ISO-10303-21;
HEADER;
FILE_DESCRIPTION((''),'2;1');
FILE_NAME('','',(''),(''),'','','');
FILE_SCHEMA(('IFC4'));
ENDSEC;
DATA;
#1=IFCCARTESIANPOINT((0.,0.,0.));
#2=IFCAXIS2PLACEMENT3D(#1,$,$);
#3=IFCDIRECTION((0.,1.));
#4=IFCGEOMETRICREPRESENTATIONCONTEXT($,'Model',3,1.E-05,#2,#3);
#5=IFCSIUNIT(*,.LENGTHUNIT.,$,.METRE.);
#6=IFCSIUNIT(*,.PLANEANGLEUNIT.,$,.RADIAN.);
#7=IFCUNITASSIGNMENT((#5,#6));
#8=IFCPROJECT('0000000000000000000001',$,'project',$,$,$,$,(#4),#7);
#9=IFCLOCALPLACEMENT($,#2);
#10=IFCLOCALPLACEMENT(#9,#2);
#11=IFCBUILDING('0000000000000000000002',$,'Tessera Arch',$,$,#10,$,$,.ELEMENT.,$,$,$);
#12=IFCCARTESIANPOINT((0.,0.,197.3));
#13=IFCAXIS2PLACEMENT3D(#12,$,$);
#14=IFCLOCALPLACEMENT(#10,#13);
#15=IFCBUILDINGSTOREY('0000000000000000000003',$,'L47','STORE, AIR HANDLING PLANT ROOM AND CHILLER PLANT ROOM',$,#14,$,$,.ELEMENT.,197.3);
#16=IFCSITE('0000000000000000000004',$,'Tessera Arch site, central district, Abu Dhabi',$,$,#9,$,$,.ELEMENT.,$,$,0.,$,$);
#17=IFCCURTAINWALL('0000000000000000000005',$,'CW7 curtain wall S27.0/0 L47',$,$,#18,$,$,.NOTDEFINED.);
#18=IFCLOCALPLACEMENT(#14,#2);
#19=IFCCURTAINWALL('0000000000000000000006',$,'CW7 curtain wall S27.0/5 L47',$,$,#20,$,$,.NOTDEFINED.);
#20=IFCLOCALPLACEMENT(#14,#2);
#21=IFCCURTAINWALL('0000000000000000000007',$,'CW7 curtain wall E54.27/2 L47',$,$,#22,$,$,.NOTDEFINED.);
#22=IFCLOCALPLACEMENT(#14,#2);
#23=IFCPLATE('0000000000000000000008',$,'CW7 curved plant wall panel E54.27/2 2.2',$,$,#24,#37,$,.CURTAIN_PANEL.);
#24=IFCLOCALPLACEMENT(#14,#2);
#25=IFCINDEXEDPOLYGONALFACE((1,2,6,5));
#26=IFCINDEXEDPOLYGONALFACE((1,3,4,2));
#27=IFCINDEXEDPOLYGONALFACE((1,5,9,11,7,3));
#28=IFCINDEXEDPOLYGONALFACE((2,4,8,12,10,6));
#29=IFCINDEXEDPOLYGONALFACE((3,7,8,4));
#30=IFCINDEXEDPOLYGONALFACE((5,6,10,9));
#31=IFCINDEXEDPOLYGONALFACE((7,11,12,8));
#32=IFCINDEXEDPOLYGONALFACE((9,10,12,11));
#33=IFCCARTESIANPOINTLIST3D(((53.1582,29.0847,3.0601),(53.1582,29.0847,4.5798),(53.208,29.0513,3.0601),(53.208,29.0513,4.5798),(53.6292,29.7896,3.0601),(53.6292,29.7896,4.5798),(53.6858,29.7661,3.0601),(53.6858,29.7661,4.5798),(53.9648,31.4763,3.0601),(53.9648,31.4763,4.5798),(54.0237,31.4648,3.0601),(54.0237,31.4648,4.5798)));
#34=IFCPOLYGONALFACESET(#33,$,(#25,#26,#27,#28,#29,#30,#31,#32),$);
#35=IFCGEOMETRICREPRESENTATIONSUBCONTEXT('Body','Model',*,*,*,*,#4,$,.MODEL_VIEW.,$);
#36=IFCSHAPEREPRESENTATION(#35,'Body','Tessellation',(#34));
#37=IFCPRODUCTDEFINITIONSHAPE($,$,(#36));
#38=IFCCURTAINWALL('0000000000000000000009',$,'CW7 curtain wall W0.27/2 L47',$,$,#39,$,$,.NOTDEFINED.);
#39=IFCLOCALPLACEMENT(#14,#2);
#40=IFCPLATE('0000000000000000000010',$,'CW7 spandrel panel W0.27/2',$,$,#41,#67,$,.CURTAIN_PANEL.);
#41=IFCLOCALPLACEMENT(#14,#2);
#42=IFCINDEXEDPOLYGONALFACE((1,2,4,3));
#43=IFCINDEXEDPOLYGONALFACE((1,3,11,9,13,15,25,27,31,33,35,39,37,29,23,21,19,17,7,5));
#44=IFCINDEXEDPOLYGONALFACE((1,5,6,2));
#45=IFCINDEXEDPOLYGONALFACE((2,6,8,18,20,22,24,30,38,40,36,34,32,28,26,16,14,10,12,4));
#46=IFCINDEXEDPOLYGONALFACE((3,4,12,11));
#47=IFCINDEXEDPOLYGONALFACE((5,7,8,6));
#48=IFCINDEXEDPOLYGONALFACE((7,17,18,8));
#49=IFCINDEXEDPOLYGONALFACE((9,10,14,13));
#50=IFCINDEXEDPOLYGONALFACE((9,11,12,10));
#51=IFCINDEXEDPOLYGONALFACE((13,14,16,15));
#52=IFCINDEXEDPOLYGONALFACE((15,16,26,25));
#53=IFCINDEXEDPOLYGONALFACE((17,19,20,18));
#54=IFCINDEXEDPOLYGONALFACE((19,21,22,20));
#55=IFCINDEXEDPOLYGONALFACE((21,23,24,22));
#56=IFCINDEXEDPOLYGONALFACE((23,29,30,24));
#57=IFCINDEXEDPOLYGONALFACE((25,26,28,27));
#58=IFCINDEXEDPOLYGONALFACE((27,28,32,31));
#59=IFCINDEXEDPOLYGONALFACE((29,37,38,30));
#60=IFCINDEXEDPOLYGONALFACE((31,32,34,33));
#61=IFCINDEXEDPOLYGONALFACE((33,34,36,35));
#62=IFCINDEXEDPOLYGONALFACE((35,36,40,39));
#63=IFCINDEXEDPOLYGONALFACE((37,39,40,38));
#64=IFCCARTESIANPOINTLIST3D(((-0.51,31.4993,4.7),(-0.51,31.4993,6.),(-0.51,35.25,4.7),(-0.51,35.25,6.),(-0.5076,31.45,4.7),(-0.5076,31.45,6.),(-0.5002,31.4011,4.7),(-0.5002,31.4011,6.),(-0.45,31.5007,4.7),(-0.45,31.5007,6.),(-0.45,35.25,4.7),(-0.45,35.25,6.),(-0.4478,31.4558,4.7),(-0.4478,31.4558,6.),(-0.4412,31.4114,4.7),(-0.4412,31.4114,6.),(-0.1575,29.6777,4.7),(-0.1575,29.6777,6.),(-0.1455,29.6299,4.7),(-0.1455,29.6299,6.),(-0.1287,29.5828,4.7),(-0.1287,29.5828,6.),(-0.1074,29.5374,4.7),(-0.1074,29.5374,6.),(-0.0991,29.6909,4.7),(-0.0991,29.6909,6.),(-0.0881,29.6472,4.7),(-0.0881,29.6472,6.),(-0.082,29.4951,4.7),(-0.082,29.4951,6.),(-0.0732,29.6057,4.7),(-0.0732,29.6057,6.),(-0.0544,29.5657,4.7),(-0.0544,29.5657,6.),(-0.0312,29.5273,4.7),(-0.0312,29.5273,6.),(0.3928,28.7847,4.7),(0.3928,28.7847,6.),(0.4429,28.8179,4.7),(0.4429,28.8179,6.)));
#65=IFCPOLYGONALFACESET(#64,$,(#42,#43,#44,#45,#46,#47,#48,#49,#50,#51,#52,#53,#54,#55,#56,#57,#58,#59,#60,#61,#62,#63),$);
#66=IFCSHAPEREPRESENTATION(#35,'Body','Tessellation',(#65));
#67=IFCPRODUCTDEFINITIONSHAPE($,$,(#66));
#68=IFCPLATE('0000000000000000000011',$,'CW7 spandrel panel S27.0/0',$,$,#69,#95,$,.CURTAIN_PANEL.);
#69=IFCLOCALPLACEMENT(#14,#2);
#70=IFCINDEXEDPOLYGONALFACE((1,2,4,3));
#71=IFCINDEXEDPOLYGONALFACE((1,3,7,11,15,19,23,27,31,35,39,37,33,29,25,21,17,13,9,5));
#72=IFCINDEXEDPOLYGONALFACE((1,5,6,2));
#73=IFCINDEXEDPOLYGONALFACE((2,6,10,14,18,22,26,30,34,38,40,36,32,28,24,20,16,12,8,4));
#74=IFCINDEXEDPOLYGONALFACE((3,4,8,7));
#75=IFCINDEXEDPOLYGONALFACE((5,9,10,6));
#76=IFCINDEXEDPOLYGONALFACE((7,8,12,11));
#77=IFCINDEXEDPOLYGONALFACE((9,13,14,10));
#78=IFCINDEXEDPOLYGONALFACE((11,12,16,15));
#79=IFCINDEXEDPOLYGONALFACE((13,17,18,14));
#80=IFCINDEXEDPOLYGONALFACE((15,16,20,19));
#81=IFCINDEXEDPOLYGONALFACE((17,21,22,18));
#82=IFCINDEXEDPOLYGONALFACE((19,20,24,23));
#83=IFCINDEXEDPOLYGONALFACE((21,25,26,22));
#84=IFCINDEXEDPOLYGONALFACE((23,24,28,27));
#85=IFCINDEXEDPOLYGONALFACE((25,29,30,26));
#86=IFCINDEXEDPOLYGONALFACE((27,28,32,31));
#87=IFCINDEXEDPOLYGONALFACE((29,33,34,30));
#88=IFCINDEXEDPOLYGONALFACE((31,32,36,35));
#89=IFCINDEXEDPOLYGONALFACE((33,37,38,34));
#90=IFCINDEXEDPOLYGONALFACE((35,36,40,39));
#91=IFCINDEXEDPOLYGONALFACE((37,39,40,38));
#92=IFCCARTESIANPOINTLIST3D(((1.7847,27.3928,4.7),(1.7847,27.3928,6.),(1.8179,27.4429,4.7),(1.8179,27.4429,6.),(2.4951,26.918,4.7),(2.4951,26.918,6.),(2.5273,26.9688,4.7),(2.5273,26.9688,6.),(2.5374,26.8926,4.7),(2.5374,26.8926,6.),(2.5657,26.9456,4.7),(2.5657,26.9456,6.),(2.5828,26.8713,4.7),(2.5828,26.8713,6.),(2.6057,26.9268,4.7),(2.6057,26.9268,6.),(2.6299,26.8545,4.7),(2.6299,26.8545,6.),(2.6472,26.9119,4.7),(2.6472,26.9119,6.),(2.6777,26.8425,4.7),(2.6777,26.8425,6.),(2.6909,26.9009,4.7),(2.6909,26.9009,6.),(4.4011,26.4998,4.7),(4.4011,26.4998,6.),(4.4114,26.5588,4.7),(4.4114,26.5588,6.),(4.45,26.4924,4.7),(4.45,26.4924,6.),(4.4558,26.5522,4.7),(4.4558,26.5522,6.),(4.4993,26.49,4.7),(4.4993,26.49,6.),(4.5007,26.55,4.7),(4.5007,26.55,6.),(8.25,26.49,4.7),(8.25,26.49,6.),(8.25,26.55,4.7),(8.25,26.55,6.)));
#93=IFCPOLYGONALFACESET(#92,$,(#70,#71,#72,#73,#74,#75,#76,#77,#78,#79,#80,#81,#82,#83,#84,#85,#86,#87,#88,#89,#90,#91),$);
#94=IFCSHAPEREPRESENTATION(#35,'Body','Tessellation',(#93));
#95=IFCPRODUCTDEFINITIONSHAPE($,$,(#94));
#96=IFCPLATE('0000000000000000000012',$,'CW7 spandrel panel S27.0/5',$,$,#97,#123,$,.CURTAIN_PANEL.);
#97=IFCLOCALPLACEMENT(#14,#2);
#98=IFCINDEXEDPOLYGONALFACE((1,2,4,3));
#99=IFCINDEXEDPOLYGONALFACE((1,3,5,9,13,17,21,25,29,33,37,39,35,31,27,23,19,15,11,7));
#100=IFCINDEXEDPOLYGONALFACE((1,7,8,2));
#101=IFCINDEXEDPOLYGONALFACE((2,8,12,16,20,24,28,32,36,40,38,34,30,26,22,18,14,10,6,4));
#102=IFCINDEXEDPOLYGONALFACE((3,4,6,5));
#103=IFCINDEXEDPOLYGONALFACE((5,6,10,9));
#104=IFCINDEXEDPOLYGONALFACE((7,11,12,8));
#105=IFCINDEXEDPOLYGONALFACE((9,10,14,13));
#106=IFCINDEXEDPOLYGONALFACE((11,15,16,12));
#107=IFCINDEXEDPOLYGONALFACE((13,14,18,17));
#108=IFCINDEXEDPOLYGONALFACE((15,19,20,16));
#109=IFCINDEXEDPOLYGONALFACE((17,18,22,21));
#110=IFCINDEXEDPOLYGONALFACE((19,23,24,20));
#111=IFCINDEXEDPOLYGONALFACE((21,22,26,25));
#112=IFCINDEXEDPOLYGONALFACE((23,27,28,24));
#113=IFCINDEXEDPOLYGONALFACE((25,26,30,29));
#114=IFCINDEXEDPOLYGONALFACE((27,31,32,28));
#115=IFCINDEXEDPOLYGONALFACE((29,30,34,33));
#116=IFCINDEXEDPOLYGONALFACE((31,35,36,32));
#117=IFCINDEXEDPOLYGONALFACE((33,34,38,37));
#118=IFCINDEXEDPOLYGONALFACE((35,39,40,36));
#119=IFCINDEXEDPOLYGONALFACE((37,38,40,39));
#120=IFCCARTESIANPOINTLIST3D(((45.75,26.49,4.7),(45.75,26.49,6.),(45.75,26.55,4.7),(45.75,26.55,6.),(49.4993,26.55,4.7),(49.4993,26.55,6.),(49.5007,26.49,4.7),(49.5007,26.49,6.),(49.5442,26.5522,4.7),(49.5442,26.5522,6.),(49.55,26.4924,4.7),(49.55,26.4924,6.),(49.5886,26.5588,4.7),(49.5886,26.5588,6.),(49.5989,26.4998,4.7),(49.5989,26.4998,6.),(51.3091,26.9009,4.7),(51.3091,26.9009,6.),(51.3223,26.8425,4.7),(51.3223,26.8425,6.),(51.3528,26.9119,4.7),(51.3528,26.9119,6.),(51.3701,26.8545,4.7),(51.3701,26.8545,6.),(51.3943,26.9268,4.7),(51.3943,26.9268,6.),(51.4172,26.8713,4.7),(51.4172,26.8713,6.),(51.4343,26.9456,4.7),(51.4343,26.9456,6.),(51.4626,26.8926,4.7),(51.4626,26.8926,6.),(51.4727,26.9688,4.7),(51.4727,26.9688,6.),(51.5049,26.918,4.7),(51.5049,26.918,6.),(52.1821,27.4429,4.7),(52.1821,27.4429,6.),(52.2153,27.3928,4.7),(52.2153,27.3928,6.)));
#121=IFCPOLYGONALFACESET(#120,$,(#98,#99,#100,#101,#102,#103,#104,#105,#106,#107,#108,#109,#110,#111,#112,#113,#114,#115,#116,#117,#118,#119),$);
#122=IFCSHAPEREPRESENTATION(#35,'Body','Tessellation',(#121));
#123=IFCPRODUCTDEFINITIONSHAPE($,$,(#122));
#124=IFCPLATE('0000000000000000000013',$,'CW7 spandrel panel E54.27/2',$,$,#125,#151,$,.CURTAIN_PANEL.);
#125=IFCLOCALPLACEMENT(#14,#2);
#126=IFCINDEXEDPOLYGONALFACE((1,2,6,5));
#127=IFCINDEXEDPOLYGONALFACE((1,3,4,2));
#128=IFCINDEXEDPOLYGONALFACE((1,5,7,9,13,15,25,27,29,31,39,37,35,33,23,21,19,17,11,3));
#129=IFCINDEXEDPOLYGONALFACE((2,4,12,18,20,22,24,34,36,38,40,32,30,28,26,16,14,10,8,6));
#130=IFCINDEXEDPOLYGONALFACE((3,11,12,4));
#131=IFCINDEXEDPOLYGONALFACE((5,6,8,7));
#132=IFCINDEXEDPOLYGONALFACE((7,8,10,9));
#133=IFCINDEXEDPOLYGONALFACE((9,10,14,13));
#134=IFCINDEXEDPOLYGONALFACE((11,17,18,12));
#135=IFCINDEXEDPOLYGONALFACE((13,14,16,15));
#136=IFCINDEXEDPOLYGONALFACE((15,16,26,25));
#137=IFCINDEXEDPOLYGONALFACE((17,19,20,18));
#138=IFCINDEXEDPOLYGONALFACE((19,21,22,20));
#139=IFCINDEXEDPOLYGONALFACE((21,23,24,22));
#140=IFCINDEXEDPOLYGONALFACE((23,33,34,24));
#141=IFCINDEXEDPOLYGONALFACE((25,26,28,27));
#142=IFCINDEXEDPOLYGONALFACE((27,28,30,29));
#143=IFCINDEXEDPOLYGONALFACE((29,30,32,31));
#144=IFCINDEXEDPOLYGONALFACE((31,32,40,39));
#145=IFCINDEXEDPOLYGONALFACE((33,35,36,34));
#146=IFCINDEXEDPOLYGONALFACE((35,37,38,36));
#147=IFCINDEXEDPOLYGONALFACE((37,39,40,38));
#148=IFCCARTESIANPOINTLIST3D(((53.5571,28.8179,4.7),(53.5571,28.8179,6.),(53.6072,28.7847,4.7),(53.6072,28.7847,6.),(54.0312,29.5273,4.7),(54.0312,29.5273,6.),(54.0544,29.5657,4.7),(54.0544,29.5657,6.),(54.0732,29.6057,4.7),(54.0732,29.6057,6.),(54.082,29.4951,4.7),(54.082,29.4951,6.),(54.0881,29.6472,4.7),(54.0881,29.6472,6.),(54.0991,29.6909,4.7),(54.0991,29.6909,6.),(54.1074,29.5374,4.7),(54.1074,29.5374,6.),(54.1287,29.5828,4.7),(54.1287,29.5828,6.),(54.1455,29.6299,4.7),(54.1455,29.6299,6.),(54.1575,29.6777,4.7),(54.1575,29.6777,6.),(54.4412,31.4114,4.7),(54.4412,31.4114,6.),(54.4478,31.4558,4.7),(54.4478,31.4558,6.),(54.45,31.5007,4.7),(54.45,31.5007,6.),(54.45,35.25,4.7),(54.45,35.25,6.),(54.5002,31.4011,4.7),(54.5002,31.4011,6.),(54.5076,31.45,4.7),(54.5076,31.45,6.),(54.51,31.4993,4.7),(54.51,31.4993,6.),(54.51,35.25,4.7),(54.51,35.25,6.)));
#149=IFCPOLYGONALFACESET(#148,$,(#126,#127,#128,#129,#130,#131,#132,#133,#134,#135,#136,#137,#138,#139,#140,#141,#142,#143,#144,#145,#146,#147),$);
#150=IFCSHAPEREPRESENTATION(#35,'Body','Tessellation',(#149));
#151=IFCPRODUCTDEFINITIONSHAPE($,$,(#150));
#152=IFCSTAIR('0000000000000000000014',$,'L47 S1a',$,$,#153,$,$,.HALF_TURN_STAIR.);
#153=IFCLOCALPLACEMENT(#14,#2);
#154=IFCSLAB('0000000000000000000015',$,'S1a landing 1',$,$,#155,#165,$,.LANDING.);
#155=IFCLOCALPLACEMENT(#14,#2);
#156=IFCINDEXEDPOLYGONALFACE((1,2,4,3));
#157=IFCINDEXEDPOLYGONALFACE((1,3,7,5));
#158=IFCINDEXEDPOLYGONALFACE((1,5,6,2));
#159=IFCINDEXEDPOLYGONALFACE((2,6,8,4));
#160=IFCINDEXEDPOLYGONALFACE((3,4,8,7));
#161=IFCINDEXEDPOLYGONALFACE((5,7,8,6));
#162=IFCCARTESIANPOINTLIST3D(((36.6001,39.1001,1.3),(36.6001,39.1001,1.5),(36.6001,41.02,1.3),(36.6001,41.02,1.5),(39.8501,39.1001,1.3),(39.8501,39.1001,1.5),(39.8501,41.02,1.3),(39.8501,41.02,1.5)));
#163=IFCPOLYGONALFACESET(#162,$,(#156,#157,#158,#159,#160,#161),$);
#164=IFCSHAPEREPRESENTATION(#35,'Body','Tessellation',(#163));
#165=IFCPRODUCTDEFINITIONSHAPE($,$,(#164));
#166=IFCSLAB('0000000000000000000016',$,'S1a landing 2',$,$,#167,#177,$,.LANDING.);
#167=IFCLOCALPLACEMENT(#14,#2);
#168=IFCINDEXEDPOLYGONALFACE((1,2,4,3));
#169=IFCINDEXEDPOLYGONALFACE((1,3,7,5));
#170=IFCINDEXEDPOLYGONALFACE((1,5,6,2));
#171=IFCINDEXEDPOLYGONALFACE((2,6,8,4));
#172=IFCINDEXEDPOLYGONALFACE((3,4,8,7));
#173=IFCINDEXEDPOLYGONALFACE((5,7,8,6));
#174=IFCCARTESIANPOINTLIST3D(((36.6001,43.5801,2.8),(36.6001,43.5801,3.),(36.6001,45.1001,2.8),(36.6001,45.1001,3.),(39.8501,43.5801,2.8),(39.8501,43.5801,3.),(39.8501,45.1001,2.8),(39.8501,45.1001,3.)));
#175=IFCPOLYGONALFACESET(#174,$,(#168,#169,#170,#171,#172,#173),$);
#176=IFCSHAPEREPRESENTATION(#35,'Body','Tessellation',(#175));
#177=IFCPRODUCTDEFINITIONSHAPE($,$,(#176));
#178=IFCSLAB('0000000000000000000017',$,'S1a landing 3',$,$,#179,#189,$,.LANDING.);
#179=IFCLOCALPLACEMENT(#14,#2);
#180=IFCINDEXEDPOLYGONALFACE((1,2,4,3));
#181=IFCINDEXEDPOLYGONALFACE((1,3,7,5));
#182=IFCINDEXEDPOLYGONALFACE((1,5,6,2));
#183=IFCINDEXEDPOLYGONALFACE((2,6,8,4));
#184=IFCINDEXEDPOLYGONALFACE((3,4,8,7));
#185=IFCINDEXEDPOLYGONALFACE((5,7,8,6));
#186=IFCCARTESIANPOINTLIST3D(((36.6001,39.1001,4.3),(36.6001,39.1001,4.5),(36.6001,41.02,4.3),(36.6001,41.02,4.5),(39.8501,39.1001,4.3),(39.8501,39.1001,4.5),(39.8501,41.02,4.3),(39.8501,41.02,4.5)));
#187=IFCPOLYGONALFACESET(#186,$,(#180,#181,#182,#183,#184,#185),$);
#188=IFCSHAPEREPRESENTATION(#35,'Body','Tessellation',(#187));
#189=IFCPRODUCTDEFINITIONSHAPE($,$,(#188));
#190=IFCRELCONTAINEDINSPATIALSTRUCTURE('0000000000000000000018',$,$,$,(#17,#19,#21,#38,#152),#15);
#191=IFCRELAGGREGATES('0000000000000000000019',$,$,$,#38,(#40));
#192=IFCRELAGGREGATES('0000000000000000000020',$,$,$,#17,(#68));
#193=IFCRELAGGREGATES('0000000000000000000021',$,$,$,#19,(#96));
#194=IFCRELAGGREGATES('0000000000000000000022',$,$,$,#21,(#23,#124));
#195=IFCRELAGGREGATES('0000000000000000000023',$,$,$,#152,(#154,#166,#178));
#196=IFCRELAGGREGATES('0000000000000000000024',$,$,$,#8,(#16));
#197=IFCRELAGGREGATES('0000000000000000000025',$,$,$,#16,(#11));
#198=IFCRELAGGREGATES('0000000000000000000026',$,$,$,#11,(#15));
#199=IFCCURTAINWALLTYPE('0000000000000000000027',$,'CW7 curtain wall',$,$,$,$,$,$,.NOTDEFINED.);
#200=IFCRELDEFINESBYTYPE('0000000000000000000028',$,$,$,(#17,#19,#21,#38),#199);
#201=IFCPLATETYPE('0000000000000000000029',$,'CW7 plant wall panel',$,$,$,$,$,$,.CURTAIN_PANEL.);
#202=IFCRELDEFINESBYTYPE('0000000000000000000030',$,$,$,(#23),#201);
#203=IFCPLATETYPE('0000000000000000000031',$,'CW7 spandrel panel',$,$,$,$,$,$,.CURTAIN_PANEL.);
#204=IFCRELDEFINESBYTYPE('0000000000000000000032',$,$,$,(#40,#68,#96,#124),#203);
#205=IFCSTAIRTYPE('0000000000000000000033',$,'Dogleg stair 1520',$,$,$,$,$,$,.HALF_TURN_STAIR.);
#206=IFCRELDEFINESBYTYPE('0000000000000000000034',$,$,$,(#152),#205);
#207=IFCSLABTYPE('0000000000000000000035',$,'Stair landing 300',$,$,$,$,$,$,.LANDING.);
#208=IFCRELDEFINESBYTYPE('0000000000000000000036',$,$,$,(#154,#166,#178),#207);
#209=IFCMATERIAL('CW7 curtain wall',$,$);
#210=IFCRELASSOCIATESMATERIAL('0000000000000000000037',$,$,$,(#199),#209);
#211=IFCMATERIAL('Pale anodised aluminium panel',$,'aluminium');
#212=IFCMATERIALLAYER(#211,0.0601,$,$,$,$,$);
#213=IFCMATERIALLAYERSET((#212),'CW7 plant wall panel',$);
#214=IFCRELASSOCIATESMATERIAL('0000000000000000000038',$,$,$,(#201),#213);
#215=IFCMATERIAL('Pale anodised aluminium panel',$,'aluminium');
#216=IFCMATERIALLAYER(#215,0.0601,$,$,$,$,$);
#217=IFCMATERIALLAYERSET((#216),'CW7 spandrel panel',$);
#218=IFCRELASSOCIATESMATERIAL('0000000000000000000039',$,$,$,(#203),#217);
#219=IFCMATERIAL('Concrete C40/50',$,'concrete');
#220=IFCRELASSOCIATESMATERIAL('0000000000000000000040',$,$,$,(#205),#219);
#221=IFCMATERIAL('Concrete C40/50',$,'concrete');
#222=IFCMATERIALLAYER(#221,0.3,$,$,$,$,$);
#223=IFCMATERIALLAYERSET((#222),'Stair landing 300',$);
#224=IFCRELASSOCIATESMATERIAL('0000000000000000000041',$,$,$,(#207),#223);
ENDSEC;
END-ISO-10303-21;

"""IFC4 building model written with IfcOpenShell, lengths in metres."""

from ifc_helpers import new_model, si_unit, direction, frame, origin, place, context, subcontext, project, spatial, polyline, outline, extrude, material, layer, layer_set, type_object, element, aggregate, save


model = new_model("IFC4")

# Units and contexts
model_context = context("Model", 3, precision=1e-05, world=origin(), true_north=direction((0.0, 1.0)))
body_context = subcontext(model_context, "Body", "Model", "MODEL_VIEW")
ifc_project = project(units=[si_unit("LENGTHUNIT", "METRE"), si_unit("PLANEANGLEUNIT", "RADIAN")], contexts=[model_context])

# Site, building, storey
site_placement = place(None, origin())
site = spatial("IfcSite", under=ifc_project, at=site_placement, Name="Tessera Arch site, central district, Abu Dhabi", CompositionType="ELEMENT", RefElevation=0.0)
building_placement = place(site_placement, origin())
building = spatial("IfcBuilding", under=site, at=building_placement, Name="Tessera Arch", CompositionType="ELEMENT")
storey_placement = place(building_placement, frame((0.0, 0.0, 197.3)))
storey = spatial("IfcBuildingStorey", under=building, at=storey_placement, Name="L47", Description="STORE, AIR HANDLING PLANT ROOM AND CHILLER PLANT ROOM", CompositionType="ELEMENT", Elevation=197.3)

# Curtain walls
ifc_material_1 = material(Name="CW7 curtain wall")
curtain_wall_type = type_object("IfcCurtainWallType", Name="CW7 curtain wall", PredefinedType="NOTDEFINED", material=ifc_material_1)
curtain_wall_1_placement = place(storey_placement, origin())
curtain_wall_1 = element("IfcCurtainWall", 1, at=curtain_wall_1_placement, inside=storey, type_object=curtain_wall_type, Name="CW7 curtain wall S27.0/0 L47", PredefinedType="NOTDEFINED")
curtain_wall_2_placement = place(storey_placement, origin())
curtain_wall_2 = element("IfcCurtainWall", 2, at=curtain_wall_2_placement, inside=storey, type_object=curtain_wall_type, Name="CW7 curtain wall S27.0/5 L47", PredefinedType="NOTDEFINED")
curtain_wall_3_placement = place(storey_placement, origin())
curtain_wall_3 = element("IfcCurtainWall", 3, at=curtain_wall_3_placement, inside=storey, type_object=curtain_wall_type, Name="CW7 curtain wall E54.27/2 L47", PredefinedType="NOTDEFINED")

# Plate
ifc_material_2 = material(Name="Pale anodised aluminium panel", Category="aluminium")
ifc_layer_1 = layer(ifc_material_2, 0.0601)
ifc_layer_set_1 = layer_set([ifc_layer_1], Name="CW7 plant wall panel")
plate_type_1 = type_object("IfcPlateType", Name="CW7 plant wall panel", PredefinedType="CURTAIN_PANEL", material=ifc_layer_set_1)
plate_1_placement = place(storey_placement, frame((0.0, 0.0, 3.0601)))
plate_1 = element("IfcPlate", 4, at=plate_1_placement, type_object=plate_type_1, Name="CW7 curved plant wall panel E54.27/2 2.2", PredefinedType="CURTAIN_PANEL", context=body_context, shape_type="SweptSolid", body=[
    extrude(outline(polyline([(53.6292, 29.7896), (53.1582, 29.0847), (53.208, 29.0513), (53.6858, 29.7661), (54.0237, 31.4648), (53.9648, 31.4763), (53.6292, 29.7896)])), origin(), (0.0, 0.0, 1.0), 1.5198),
])

# Curtain wall, plate
curtain_wall_4_placement = place(storey_placement, origin())
curtain_wall_4 = element("IfcCurtainWall", 5, at=curtain_wall_4_placement, inside=storey, type_object=curtain_wall_type, Name="CW7 curtain wall W0.27/2 L47", PredefinedType="NOTDEFINED")
ifc_material_3 = material(Name="Pale anodised aluminium panel", Category="aluminium")
ifc_layer_2 = layer(ifc_material_3, 0.0601)
ifc_layer_set_2 = layer_set([ifc_layer_2], Name="CW7 spandrel panel")
plate_type_2 = type_object("IfcPlateType", Name="CW7 spandrel panel", PredefinedType="CURTAIN_PANEL", material=ifc_layer_set_2)
plate_2_placement = place(storey_placement, frame((0.0, 0.0, 4.7)))
plate_2 = element("IfcPlate", 6, at=plate_2_placement, type_object=plate_type_2, Name="CW7 spandrel panel W0.27/2", PredefinedType="CURTAIN_PANEL", context=body_context, shape_type="SweptSolid", body=[
    extrude(outline(polyline([(-0.45, 31.5007), (-0.45, 35.25), (-0.51, 35.25), (-0.51, 31.4993), (-0.5076, 31.45), (-0.5002, 31.4011), (-0.1575, 29.6777), (-0.1455, 29.6299), (-0.1287, 29.5828), (-0.1074, 29.5374), (-0.082, 29.4951), (0.3928, 28.7847), (0.4429, 28.8179), (-0.0312, 29.5273), (-0.0544, 29.5657), (-0.0732, 29.6057), (-0.0881, 29.6472), (-0.0991, 29.6909), (-0.4412, 31.4114), (-0.4478, 31.4558), (-0.45, 31.5007)])), origin(), (0.0, 0.0, 1.0), 1.3),
])
aggregate(curtain_wall_4, [plate_2])

# Plates
plate_3_placement = place(storey_placement, frame((0.0, 0.0, 4.7)))
plate_3 = element("IfcPlate", 7, at=plate_3_placement, type_object=plate_type_2, Name="CW7 spandrel panel S27.0/0", PredefinedType="CURTAIN_PANEL", context=body_context, shape_type="SweptSolid", body=[
    extrude(outline(polyline([(2.5273, 26.9688), (1.8179, 27.4429), (1.7847, 27.3928), (2.4951, 26.918), (2.5374, 26.8926), (2.5828, 26.8713), (2.6299, 26.8545), (2.6777, 26.8425), (4.4011, 26.4998), (4.45, 26.4924), (4.4993, 26.49), (8.25, 26.49), (8.25, 26.55), (4.5007, 26.55), (4.4558, 26.5522), (4.4114, 26.5588), (2.6909, 26.9009), (2.6472, 26.9119), (2.6057, 26.9268), (2.5657, 26.9456), (2.5273, 26.9688)])), origin(), (0.0, 0.0, 1.0), 1.3),
])
aggregate(curtain_wall_1, [plate_3])
plate_4_placement = place(storey_placement, frame((0.0, 0.0, 4.7)))
plate_4 = element("IfcPlate", 8, at=plate_4_placement, type_object=plate_type_2, Name="CW7 spandrel panel S27.0/5", PredefinedType="CURTAIN_PANEL", context=body_context, shape_type="SweptSolid", body=[
    extrude(outline(polyline([(49.4993, 26.55), (45.75, 26.55), (45.75, 26.49), (49.5007, 26.49), (49.55, 26.4924), (49.5989, 26.4998), (51.3223, 26.8425), (51.3701, 26.8545), (51.4172, 26.8713), (51.4626, 26.8926), (51.5049, 26.918), (52.2153, 27.3928), (52.1821, 27.4429), (51.4727, 26.9688), (51.4343, 26.9456), (51.3943, 26.9268), (51.3528, 26.9119), (51.3091, 26.9009), (49.5886, 26.5588), (49.5442, 26.5522), (49.4993, 26.55)])), origin(), (0.0, 0.0, 1.0), 1.3),
])
aggregate(curtain_wall_2, [plate_4])
plate_5_placement = place(storey_placement, frame((0.0, 0.0, 4.7)))
plate_5 = element("IfcPlate", 9, at=plate_5_placement, type_object=plate_type_2, Name="CW7 spandrel panel E54.27/2", PredefinedType="CURTAIN_PANEL", context=body_context, shape_type="SweptSolid", body=[
    extrude(outline(polyline([(54.0312, 29.5273), (53.5571, 28.8179), (53.6072, 28.7847), (54.082, 29.4951), (54.1074, 29.5374), (54.1287, 29.5828), (54.1455, 29.6299), (54.1575, 29.6777), (54.5002, 31.4011), (54.5076, 31.45), (54.51, 31.4993), (54.51, 35.25), (54.45, 35.25), (54.45, 31.5007), (54.4478, 31.4558), (54.4412, 31.4114), (54.0991, 29.6909), (54.0881, 29.6472), (54.0732, 29.6057), (54.0544, 29.5657), (54.0312, 29.5273)])), origin(), (0.0, 0.0, 1.0), 1.3),
])
aggregate(curtain_wall_3, [plate_1, plate_5])

# Stair, slabs
ifc_material_4 = material(Name="Concrete C40/50", Category="concrete")
stair_type_1 = type_object("IfcStairType", Name="Dogleg stair 1520", PredefinedType="HALF_TURN_STAIR", material=ifc_material_4)
stair_1_placement = place(storey_placement, origin())
stair_1 = element("IfcStair", 10, at=stair_1_placement, inside=storey, type_object=stair_type_1, Name="L47 S1a", PredefinedType="HALF_TURN_STAIR")
ifc_material_5 = material(Name="Concrete C40/50", Category="concrete")
ifc_layer_3 = layer(ifc_material_5, 0.3)
ifc_layer_set_3 = layer_set([ifc_layer_3], Name="Stair landing 300")
slab_type = type_object("IfcSlabType", Name="Stair landing 300", PredefinedType="LANDING", material=ifc_layer_set_3)
slab_1_placement = place(storey_placement, frame((0.0, 0.0, 1.3)))
slab_1 = element("IfcSlab", 11, at=slab_1_placement, type_object=slab_type, Name="S1a landing 1", PredefinedType="LANDING", context=body_context, shape_type="SweptSolid", body=[
    extrude(outline(polyline([(36.6001, 41.02), (36.6001, 39.1001), (39.8501, 39.1001), (39.8501, 41.02), (36.6001, 41.02)])), origin(), (0.0, 0.0, 1.0), 0.2),
])
slab_2_placement = place(storey_placement, frame((0.0, 0.0, 2.8)))
slab_2 = element("IfcSlab", 12, at=slab_2_placement, type_object=slab_type, Name="S1a landing 2", PredefinedType="LANDING", context=body_context, shape_type="SweptSolid", body=[
    extrude(outline(polyline([(36.6001, 45.1001), (36.6001, 43.5801), (39.8501, 43.5801), (39.8501, 45.1001), (36.6001, 45.1001)])), origin(), (0.0, 0.0, 1.0), 0.2),
])
slab_3_placement = place(storey_placement, frame((0.0, 0.0, 4.3)))
slab_3 = element("IfcSlab", 13, at=slab_3_placement, type_object=slab_type, Name="S1a landing 3", PredefinedType="LANDING", context=body_context, shape_type="SweptSolid", body=[
    extrude(outline(polyline([(36.6001, 41.02), (36.6001, 39.1001), (39.8501, 39.1001), (39.8501, 41.02), (36.6001, 41.02)])), origin(), (0.0, 0.0, 1.0), 0.2),
])
aggregate(stair_1, [slab_1, slab_2, slab_3])

save(model, "model.ifc")
